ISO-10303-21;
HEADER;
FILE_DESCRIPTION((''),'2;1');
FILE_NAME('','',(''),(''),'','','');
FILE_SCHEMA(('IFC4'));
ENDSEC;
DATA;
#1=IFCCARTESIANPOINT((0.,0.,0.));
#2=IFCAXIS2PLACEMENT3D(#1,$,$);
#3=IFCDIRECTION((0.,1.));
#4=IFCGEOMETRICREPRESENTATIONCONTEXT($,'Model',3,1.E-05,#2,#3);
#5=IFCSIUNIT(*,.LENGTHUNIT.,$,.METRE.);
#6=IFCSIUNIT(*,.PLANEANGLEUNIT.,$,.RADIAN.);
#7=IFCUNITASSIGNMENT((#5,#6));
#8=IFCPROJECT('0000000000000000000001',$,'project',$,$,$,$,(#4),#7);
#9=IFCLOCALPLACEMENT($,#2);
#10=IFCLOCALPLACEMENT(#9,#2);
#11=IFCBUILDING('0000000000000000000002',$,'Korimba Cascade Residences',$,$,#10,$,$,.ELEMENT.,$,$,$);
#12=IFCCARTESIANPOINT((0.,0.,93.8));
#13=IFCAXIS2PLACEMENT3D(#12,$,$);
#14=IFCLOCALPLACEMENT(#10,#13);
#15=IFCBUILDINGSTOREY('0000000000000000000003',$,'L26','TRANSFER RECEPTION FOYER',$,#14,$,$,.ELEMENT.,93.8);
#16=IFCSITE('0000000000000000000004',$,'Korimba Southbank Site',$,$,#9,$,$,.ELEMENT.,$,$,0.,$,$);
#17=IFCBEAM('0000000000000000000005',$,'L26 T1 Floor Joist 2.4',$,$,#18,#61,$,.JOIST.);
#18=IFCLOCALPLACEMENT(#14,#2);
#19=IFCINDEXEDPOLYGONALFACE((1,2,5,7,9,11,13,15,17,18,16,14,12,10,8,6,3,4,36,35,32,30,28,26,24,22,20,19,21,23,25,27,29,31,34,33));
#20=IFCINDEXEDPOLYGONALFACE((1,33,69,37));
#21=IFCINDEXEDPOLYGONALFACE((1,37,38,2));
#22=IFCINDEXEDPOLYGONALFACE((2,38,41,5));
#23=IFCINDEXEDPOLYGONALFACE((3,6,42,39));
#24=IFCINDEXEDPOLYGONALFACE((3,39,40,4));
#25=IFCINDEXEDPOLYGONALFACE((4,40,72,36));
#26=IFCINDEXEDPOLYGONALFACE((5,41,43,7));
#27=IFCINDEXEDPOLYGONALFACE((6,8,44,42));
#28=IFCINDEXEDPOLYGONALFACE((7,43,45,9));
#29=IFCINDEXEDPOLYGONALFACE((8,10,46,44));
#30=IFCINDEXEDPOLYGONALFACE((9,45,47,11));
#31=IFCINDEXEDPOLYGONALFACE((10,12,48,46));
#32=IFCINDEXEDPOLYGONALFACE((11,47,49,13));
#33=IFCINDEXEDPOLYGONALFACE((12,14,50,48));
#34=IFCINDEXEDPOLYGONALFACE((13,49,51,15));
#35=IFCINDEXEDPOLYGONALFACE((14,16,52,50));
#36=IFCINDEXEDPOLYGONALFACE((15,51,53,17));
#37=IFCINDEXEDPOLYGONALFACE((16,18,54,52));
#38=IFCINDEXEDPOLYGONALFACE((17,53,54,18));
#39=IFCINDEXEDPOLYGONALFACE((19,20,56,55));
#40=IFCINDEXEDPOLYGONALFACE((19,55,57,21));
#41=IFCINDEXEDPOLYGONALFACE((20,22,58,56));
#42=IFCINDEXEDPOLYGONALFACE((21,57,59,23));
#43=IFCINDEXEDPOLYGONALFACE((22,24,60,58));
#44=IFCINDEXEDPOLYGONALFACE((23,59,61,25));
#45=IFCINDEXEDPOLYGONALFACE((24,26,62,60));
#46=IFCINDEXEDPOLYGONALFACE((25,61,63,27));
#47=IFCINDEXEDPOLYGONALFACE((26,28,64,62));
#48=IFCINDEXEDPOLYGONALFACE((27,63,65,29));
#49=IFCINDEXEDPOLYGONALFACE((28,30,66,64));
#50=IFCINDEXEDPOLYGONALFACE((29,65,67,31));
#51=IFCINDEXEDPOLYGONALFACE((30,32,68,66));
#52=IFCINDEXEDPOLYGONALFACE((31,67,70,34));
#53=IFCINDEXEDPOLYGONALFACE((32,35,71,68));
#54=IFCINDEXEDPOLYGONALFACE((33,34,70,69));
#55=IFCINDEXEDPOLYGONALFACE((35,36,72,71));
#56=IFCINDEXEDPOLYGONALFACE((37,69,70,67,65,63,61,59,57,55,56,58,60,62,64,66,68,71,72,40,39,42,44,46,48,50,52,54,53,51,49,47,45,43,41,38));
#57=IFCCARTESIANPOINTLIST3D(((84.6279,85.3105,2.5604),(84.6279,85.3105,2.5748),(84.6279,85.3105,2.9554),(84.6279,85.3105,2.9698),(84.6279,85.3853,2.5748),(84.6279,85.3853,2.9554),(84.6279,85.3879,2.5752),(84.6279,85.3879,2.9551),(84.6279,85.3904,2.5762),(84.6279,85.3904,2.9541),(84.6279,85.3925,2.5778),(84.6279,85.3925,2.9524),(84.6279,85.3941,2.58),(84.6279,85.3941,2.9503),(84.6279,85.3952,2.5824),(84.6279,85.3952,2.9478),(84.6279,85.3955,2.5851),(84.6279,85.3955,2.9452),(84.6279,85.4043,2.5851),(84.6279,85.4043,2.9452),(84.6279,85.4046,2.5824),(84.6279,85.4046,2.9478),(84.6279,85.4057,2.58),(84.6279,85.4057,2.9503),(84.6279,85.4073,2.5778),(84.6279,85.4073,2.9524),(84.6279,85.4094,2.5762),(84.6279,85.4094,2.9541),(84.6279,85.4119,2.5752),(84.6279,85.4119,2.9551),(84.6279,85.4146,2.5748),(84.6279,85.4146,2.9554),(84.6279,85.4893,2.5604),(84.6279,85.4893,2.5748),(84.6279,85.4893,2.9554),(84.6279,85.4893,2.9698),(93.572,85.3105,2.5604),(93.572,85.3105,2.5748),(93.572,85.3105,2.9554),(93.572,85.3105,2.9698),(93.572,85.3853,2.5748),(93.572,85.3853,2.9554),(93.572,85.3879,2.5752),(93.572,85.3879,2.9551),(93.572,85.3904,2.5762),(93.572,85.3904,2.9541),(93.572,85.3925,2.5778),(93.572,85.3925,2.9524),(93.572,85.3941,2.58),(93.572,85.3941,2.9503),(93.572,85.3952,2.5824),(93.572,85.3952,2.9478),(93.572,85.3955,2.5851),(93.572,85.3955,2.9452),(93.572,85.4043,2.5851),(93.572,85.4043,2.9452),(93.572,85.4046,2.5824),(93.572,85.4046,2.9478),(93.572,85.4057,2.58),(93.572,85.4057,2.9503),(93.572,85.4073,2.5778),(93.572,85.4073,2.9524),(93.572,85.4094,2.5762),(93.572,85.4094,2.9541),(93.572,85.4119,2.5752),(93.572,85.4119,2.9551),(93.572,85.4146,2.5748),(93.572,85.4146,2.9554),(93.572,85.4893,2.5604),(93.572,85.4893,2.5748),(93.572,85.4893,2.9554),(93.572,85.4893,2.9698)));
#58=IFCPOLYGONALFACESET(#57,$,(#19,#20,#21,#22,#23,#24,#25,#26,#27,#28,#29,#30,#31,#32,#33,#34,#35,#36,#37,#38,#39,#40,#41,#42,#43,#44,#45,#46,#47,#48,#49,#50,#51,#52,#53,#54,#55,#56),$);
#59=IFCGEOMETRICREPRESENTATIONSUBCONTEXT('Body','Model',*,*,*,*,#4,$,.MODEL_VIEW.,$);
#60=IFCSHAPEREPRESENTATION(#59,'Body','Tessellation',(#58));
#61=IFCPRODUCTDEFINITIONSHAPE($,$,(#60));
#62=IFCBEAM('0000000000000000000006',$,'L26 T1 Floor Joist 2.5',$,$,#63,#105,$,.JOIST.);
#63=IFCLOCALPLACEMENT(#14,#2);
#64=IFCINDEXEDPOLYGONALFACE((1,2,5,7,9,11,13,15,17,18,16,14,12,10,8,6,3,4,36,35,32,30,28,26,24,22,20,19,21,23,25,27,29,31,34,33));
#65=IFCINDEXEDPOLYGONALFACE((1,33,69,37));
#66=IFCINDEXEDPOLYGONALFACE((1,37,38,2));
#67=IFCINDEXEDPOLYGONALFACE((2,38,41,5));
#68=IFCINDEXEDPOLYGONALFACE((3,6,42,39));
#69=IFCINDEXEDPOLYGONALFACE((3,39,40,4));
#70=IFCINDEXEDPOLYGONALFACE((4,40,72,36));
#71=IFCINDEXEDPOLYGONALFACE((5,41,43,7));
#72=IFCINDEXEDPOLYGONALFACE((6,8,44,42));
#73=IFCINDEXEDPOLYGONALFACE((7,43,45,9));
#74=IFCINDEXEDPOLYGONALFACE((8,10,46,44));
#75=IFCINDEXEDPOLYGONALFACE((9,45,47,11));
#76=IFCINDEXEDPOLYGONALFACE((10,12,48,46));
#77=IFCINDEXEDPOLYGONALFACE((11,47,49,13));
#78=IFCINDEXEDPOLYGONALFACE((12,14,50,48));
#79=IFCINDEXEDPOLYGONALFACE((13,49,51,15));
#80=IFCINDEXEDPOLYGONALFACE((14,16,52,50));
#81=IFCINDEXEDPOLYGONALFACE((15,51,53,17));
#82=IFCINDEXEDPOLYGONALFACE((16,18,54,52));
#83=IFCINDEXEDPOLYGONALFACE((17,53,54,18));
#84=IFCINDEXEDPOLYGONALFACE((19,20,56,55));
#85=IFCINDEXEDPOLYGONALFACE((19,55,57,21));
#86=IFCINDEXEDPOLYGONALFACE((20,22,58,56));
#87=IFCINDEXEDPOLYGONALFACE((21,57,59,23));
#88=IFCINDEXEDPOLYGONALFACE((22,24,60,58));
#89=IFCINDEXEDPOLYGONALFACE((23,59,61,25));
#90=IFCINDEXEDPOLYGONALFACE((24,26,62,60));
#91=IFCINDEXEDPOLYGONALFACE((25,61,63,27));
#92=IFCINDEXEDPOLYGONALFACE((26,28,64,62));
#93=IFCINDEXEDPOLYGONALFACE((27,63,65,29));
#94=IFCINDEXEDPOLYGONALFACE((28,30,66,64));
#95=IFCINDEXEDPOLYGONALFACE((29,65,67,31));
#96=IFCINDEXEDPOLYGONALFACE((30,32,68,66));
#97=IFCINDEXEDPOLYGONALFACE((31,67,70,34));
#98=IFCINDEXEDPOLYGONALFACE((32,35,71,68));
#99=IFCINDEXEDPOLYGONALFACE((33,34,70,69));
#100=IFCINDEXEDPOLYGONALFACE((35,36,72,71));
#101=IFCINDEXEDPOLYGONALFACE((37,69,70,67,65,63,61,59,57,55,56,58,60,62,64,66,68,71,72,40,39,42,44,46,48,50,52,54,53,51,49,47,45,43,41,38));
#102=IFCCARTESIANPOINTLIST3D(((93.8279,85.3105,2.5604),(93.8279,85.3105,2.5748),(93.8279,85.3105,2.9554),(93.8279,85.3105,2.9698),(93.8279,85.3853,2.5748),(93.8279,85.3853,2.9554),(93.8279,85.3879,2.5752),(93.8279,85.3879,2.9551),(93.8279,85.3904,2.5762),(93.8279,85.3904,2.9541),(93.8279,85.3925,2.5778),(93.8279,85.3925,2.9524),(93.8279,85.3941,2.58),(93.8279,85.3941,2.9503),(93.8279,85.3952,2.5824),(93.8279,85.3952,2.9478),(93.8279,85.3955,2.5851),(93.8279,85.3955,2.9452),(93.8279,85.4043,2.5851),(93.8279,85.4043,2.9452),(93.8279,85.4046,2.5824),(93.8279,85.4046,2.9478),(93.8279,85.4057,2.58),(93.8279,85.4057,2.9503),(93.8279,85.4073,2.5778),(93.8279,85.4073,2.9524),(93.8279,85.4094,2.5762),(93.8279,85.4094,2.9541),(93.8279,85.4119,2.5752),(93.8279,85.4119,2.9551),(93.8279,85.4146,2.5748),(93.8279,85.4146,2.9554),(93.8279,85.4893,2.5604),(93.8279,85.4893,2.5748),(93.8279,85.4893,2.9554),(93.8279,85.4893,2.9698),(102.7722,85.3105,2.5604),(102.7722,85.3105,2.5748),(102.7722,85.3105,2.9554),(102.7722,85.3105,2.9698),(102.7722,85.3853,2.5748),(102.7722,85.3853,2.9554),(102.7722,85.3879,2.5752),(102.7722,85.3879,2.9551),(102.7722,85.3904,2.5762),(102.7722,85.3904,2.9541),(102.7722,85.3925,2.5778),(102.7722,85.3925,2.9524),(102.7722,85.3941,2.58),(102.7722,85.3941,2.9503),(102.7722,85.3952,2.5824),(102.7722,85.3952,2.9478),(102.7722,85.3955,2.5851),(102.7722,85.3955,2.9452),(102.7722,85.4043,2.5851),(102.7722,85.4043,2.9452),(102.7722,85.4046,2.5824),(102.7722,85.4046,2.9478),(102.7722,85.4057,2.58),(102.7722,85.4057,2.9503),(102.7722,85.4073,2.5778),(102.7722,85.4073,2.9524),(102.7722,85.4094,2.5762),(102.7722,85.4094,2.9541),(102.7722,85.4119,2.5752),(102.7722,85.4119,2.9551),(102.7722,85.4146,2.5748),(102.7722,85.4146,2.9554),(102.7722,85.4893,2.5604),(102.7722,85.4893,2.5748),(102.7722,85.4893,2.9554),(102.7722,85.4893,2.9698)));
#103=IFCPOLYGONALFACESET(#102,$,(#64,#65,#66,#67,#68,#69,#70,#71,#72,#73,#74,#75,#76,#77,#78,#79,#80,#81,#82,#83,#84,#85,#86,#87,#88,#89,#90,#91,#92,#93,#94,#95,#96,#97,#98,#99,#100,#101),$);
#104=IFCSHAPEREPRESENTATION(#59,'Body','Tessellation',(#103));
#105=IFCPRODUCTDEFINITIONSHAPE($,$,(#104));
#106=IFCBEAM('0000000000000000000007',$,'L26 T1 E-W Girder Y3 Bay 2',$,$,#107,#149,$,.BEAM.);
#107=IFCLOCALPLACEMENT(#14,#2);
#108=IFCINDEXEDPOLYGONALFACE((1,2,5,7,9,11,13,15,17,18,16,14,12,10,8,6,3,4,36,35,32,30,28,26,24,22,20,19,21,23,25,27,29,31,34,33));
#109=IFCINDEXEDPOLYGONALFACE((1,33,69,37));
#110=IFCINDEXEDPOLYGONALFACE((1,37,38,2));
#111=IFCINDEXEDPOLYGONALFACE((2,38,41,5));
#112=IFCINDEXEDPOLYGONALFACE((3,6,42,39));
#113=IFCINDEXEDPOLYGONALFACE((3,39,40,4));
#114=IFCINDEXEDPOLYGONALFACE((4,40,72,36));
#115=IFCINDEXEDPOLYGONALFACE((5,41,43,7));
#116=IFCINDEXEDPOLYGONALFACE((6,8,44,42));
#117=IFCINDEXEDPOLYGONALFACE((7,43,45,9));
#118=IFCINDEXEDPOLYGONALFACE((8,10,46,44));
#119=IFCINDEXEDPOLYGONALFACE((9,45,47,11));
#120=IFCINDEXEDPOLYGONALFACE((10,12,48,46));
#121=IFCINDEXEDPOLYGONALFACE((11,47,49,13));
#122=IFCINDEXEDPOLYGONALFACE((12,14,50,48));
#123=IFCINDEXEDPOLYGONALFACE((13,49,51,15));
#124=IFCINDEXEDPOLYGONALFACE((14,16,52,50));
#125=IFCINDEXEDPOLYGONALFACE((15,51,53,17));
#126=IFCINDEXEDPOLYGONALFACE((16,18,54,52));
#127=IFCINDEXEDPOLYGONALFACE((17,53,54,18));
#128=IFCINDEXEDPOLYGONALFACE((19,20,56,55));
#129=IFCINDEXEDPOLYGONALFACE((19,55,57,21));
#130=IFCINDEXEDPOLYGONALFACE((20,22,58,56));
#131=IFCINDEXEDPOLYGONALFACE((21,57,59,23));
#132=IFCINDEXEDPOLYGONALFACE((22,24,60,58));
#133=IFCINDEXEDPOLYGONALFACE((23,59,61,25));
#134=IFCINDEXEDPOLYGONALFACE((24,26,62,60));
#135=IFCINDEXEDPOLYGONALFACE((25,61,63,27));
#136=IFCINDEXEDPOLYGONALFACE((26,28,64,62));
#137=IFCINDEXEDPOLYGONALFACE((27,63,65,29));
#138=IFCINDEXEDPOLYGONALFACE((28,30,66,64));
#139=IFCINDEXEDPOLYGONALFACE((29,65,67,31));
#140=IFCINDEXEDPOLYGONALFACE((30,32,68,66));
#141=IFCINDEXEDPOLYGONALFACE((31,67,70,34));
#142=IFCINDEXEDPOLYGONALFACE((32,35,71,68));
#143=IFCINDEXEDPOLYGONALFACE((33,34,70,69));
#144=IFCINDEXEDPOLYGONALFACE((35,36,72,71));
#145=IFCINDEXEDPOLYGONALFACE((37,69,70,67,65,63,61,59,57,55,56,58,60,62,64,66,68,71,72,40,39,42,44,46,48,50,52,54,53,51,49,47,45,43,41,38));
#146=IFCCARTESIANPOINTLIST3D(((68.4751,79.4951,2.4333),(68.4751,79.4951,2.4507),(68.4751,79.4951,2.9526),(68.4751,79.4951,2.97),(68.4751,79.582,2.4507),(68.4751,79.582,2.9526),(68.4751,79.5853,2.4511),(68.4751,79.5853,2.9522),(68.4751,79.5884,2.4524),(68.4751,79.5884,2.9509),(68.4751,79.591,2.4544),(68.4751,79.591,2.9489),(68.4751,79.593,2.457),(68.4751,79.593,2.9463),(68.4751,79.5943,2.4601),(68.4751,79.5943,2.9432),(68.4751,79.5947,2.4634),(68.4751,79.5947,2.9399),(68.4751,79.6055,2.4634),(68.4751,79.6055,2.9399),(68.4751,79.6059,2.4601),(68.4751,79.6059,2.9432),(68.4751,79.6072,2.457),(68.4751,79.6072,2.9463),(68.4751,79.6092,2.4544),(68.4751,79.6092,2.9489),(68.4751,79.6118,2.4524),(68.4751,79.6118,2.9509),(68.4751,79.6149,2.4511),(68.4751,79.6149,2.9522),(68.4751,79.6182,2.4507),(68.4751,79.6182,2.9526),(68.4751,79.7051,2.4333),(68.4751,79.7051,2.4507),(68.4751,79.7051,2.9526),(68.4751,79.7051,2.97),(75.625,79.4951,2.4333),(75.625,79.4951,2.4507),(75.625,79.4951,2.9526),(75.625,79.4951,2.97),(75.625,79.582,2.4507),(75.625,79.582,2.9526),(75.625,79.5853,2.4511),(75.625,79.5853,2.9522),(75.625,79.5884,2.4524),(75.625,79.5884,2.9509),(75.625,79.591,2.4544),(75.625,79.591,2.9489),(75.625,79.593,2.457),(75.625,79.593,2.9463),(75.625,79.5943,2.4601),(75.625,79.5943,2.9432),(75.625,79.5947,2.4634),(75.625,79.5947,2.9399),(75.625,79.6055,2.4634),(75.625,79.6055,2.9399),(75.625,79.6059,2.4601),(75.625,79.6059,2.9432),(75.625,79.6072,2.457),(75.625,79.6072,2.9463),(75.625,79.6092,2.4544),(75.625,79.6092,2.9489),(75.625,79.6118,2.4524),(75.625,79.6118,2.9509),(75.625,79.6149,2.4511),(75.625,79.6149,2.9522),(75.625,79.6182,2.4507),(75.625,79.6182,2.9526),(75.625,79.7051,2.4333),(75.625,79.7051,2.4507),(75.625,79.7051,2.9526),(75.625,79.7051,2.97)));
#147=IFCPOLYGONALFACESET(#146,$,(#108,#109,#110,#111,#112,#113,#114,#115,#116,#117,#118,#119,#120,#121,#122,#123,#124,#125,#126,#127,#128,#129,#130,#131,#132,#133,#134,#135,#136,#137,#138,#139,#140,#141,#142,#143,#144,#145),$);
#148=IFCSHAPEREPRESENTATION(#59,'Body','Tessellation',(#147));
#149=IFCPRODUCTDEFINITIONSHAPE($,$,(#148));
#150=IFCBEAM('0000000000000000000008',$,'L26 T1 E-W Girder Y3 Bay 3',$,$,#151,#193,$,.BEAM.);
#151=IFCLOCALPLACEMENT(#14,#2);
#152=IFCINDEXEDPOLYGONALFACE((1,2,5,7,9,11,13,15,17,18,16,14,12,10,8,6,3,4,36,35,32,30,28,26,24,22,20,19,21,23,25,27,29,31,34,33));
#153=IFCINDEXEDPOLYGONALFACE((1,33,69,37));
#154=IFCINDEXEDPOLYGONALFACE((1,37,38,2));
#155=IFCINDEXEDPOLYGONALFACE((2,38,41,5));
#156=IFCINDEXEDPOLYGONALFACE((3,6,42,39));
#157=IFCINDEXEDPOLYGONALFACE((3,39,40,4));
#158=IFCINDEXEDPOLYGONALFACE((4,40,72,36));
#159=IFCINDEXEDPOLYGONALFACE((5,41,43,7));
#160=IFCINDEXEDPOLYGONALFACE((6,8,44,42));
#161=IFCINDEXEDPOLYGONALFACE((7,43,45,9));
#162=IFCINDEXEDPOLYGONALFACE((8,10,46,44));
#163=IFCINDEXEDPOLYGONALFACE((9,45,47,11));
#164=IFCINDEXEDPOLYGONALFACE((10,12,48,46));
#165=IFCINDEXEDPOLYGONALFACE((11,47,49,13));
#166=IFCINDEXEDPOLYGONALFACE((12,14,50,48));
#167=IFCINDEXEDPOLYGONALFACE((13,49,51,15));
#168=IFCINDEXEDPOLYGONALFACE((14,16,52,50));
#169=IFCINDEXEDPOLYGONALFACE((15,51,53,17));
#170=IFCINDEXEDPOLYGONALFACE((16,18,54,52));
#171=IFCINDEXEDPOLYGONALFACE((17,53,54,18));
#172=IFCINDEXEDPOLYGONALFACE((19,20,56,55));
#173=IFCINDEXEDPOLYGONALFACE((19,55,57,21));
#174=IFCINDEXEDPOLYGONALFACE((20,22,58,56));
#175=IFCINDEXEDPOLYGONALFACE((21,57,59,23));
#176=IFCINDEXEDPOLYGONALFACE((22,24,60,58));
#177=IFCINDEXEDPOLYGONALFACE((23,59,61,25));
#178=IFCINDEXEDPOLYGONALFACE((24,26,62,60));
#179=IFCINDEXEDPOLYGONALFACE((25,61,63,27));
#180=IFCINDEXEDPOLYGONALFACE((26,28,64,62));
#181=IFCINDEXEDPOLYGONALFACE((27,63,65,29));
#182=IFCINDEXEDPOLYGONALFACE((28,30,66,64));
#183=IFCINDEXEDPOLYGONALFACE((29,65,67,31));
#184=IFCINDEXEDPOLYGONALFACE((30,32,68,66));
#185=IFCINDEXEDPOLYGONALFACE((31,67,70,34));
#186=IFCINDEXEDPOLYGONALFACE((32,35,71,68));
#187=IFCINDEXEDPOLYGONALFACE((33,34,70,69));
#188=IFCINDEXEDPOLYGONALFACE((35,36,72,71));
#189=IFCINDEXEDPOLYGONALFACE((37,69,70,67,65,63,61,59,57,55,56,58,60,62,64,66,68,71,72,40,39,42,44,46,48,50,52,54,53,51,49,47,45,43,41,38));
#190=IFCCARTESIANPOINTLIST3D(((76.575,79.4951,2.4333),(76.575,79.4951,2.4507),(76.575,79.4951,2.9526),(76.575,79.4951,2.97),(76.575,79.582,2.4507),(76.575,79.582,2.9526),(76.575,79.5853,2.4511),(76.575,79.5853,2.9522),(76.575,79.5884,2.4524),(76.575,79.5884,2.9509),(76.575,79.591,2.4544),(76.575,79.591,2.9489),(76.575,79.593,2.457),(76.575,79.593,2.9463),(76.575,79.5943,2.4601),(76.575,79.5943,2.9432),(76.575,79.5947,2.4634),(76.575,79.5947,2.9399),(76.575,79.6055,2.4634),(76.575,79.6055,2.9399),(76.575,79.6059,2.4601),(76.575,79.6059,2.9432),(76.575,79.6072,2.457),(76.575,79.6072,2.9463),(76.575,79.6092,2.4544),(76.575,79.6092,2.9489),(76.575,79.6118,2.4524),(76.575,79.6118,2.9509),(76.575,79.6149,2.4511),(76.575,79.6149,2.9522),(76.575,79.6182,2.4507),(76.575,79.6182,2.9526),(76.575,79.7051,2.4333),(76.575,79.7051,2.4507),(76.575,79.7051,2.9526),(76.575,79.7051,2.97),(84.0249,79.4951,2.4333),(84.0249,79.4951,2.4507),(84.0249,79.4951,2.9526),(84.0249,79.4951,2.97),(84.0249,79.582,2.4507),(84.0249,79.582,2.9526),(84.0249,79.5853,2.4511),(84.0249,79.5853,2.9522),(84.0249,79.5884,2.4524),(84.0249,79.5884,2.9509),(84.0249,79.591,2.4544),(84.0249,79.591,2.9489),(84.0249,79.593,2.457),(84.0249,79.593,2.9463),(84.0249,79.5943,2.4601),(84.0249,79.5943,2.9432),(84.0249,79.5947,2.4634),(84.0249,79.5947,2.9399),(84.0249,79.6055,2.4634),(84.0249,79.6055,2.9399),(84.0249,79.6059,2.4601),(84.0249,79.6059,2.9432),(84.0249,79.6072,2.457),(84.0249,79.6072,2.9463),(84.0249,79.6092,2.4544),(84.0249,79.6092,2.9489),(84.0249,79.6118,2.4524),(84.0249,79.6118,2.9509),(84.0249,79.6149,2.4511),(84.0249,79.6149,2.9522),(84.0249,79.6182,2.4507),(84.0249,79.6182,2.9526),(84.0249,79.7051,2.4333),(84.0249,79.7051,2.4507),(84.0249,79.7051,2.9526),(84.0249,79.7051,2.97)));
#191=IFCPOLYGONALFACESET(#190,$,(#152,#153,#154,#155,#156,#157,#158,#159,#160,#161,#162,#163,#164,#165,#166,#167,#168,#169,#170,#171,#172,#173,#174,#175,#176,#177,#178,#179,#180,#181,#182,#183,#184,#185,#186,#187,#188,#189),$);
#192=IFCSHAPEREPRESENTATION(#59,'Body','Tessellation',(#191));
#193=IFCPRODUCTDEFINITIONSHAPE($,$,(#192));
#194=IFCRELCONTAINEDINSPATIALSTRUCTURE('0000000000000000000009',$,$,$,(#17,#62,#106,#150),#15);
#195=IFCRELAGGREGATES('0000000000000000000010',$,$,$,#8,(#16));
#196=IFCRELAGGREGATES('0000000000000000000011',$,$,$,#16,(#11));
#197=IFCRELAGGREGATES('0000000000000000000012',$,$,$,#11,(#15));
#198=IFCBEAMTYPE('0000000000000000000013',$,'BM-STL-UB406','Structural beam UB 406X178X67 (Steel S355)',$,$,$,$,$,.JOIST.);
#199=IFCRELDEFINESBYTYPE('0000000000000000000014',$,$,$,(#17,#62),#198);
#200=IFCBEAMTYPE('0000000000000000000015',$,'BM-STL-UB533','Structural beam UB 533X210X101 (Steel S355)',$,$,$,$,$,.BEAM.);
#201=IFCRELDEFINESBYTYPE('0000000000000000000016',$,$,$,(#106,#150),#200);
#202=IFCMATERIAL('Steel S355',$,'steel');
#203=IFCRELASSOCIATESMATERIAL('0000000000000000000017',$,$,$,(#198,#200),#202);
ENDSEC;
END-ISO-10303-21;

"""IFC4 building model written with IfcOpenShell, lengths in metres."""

from ifc_helpers import new_model, si_unit, direction, frame, origin, origin_2d, place, context, subcontext, project, spatial, i_section, extrude, material, material_profile, profile_set, type_object, element, save


model = new_model("IFC4")

# Units and contexts
model_context = context("Model", 3, precision=1e-05, world=origin(), true_north=direction((0.0, 1.0)))
body_context = subcontext(model_context, "Body", "Model", "MODEL_VIEW")
ifc_project = project(units=[si_unit("LENGTHUNIT", "METRE"), si_unit("PLANEANGLEUNIT", "RADIAN")], contexts=[model_context])

# Site, building, storey
site_placement = place(None, origin())
site = spatial("IfcSite", under=ifc_project, at=site_placement, Name="Korimba Southbank Site", CompositionType="ELEMENT", RefElevation=0.0)
building_placement = place(site_placement, origin())
building = spatial("IfcBuilding", under=site, at=building_placement, Name="Korimba Cascade Residences", CompositionType="ELEMENT")
storey_placement = place(building_placement, frame((0.0, 0.0, 93.8)))
storey = spatial("IfcBuildingStorey", under=building, at=storey_placement, Name="L26", Description="TRANSFER RECEPTION FOYER", CompositionType="ELEMENT", Elevation=93.8)

# Beams
ifc_material_1 = material(Name="Steel S355", Category="steel")
ifc_material_profile_1 = material_profile(ifc_material_1, i_section(OverallWidth=0.1787, OverallDepth=0.4094, WebThickness=0.0088, FlangeThickness=0.0144, FilletRadius=0.0103, at=origin_2d()), Name="Steel S355")
ifc_profile_set_1 = profile_set([ifc_material_profile_1], Name="Steel S355")
beam_type_1 = type_object("IfcBeamType", Name="BM-STL-UB406", Description="Structural beam UB 406X178X67 (Steel S355)", PredefinedType="JOIST", material=ifc_profile_set_1)
beam_1_placement = place(storey_placement, frame((84.6279, 85.3999, 2.7651), z_axis=(1.0, 0.0, 0.0), x_axis=(0.0, 1.0, 0.0)))
element("IfcBeam", 1, at=beam_1_placement, inside=storey, type_object=beam_type_1, Name="L26 T1 Floor Joist 2.4", PredefinedType="JOIST", context=body_context, shape_type="SweptSolid", body=[
    extrude(i_section(OverallWidth=0.1787, OverallDepth=0.4094, WebThickness=0.0088, FlangeThickness=0.0144, FilletRadius=0.0103, at=origin_2d()), origin(), (0.0, 0.0, 1.0), 8.9441),
])
beam_2_placement = place(storey_placement, frame((93.8279, 85.3999, 2.7651), z_axis=(1.0, 0.0, 0.0), x_axis=(0.0, 1.0, 0.0)))
element("IfcBeam", 2, at=beam_2_placement, inside=storey, type_object=beam_type_1, Name="L26 T1 Floor Joist 2.5", PredefinedType="JOIST", context=body_context, shape_type="SweptSolid", body=[
    extrude(i_section(OverallWidth=0.1787, OverallDepth=0.4094, WebThickness=0.0088, FlangeThickness=0.0144, FilletRadius=0.0103, at=origin_2d()), origin(), (0.0, 0.0, 1.0), 8.9443),
])
ifc_material_profile_2 = material_profile(ifc_material_1, i_section(OverallWidth=0.21, OverallDepth=0.5366, WebThickness=0.0107, FlangeThickness=0.0173, FilletRadius=0.0127, at=origin_2d()), Name="Steel S355")
ifc_profile_set_2 = profile_set([ifc_material_profile_2], Name="Steel S355")
beam_type_2 = type_object("IfcBeamType", Name="BM-STL-UB533", Description="Structural beam UB 533X210X101 (Steel S355)", PredefinedType="BEAM", material=ifc_profile_set_2)
beam_3_placement = place(storey_placement, frame((68.4751, 79.6001, 2.7017), z_axis=(1.0, 0.0, 0.0), x_axis=(0.0, 1.0, 0.0)))
element("IfcBeam", 3, at=beam_3_placement, inside=storey, type_object=beam_type_2, Name="L26 T1 E-W Girder Y3 Bay 2", PredefinedType="BEAM", context=body_context, shape_type="SweptSolid", body=[
    extrude(i_section(OverallWidth=0.21, OverallDepth=0.5366, WebThickness=0.0107, FlangeThickness=0.0173, FilletRadius=0.0127, at=origin_2d()), origin(), (0.0, 0.0, 1.0), 7.1499),
])
beam_4_placement = place(storey_placement, frame((76.575, 79.6001, 2.7017), z_axis=(1.0, 0.0, 0.0), x_axis=(0.0, 1.0, 0.0)))
element("IfcBeam", 4, at=beam_4_placement, inside=storey, type_object=beam_type_2, Name="L26 T1 E-W Girder Y3 Bay 3", PredefinedType="BEAM", context=body_context, shape_type="SweptSolid", body=[
    extrude(i_section(OverallWidth=0.21, OverallDepth=0.5366, WebThickness=0.0107, FlangeThickness=0.0173, FilletRadius=0.0127, at=origin_2d()), origin(), (0.0, 0.0, 1.0), 7.45),
])

save(model, "model.ifc")
